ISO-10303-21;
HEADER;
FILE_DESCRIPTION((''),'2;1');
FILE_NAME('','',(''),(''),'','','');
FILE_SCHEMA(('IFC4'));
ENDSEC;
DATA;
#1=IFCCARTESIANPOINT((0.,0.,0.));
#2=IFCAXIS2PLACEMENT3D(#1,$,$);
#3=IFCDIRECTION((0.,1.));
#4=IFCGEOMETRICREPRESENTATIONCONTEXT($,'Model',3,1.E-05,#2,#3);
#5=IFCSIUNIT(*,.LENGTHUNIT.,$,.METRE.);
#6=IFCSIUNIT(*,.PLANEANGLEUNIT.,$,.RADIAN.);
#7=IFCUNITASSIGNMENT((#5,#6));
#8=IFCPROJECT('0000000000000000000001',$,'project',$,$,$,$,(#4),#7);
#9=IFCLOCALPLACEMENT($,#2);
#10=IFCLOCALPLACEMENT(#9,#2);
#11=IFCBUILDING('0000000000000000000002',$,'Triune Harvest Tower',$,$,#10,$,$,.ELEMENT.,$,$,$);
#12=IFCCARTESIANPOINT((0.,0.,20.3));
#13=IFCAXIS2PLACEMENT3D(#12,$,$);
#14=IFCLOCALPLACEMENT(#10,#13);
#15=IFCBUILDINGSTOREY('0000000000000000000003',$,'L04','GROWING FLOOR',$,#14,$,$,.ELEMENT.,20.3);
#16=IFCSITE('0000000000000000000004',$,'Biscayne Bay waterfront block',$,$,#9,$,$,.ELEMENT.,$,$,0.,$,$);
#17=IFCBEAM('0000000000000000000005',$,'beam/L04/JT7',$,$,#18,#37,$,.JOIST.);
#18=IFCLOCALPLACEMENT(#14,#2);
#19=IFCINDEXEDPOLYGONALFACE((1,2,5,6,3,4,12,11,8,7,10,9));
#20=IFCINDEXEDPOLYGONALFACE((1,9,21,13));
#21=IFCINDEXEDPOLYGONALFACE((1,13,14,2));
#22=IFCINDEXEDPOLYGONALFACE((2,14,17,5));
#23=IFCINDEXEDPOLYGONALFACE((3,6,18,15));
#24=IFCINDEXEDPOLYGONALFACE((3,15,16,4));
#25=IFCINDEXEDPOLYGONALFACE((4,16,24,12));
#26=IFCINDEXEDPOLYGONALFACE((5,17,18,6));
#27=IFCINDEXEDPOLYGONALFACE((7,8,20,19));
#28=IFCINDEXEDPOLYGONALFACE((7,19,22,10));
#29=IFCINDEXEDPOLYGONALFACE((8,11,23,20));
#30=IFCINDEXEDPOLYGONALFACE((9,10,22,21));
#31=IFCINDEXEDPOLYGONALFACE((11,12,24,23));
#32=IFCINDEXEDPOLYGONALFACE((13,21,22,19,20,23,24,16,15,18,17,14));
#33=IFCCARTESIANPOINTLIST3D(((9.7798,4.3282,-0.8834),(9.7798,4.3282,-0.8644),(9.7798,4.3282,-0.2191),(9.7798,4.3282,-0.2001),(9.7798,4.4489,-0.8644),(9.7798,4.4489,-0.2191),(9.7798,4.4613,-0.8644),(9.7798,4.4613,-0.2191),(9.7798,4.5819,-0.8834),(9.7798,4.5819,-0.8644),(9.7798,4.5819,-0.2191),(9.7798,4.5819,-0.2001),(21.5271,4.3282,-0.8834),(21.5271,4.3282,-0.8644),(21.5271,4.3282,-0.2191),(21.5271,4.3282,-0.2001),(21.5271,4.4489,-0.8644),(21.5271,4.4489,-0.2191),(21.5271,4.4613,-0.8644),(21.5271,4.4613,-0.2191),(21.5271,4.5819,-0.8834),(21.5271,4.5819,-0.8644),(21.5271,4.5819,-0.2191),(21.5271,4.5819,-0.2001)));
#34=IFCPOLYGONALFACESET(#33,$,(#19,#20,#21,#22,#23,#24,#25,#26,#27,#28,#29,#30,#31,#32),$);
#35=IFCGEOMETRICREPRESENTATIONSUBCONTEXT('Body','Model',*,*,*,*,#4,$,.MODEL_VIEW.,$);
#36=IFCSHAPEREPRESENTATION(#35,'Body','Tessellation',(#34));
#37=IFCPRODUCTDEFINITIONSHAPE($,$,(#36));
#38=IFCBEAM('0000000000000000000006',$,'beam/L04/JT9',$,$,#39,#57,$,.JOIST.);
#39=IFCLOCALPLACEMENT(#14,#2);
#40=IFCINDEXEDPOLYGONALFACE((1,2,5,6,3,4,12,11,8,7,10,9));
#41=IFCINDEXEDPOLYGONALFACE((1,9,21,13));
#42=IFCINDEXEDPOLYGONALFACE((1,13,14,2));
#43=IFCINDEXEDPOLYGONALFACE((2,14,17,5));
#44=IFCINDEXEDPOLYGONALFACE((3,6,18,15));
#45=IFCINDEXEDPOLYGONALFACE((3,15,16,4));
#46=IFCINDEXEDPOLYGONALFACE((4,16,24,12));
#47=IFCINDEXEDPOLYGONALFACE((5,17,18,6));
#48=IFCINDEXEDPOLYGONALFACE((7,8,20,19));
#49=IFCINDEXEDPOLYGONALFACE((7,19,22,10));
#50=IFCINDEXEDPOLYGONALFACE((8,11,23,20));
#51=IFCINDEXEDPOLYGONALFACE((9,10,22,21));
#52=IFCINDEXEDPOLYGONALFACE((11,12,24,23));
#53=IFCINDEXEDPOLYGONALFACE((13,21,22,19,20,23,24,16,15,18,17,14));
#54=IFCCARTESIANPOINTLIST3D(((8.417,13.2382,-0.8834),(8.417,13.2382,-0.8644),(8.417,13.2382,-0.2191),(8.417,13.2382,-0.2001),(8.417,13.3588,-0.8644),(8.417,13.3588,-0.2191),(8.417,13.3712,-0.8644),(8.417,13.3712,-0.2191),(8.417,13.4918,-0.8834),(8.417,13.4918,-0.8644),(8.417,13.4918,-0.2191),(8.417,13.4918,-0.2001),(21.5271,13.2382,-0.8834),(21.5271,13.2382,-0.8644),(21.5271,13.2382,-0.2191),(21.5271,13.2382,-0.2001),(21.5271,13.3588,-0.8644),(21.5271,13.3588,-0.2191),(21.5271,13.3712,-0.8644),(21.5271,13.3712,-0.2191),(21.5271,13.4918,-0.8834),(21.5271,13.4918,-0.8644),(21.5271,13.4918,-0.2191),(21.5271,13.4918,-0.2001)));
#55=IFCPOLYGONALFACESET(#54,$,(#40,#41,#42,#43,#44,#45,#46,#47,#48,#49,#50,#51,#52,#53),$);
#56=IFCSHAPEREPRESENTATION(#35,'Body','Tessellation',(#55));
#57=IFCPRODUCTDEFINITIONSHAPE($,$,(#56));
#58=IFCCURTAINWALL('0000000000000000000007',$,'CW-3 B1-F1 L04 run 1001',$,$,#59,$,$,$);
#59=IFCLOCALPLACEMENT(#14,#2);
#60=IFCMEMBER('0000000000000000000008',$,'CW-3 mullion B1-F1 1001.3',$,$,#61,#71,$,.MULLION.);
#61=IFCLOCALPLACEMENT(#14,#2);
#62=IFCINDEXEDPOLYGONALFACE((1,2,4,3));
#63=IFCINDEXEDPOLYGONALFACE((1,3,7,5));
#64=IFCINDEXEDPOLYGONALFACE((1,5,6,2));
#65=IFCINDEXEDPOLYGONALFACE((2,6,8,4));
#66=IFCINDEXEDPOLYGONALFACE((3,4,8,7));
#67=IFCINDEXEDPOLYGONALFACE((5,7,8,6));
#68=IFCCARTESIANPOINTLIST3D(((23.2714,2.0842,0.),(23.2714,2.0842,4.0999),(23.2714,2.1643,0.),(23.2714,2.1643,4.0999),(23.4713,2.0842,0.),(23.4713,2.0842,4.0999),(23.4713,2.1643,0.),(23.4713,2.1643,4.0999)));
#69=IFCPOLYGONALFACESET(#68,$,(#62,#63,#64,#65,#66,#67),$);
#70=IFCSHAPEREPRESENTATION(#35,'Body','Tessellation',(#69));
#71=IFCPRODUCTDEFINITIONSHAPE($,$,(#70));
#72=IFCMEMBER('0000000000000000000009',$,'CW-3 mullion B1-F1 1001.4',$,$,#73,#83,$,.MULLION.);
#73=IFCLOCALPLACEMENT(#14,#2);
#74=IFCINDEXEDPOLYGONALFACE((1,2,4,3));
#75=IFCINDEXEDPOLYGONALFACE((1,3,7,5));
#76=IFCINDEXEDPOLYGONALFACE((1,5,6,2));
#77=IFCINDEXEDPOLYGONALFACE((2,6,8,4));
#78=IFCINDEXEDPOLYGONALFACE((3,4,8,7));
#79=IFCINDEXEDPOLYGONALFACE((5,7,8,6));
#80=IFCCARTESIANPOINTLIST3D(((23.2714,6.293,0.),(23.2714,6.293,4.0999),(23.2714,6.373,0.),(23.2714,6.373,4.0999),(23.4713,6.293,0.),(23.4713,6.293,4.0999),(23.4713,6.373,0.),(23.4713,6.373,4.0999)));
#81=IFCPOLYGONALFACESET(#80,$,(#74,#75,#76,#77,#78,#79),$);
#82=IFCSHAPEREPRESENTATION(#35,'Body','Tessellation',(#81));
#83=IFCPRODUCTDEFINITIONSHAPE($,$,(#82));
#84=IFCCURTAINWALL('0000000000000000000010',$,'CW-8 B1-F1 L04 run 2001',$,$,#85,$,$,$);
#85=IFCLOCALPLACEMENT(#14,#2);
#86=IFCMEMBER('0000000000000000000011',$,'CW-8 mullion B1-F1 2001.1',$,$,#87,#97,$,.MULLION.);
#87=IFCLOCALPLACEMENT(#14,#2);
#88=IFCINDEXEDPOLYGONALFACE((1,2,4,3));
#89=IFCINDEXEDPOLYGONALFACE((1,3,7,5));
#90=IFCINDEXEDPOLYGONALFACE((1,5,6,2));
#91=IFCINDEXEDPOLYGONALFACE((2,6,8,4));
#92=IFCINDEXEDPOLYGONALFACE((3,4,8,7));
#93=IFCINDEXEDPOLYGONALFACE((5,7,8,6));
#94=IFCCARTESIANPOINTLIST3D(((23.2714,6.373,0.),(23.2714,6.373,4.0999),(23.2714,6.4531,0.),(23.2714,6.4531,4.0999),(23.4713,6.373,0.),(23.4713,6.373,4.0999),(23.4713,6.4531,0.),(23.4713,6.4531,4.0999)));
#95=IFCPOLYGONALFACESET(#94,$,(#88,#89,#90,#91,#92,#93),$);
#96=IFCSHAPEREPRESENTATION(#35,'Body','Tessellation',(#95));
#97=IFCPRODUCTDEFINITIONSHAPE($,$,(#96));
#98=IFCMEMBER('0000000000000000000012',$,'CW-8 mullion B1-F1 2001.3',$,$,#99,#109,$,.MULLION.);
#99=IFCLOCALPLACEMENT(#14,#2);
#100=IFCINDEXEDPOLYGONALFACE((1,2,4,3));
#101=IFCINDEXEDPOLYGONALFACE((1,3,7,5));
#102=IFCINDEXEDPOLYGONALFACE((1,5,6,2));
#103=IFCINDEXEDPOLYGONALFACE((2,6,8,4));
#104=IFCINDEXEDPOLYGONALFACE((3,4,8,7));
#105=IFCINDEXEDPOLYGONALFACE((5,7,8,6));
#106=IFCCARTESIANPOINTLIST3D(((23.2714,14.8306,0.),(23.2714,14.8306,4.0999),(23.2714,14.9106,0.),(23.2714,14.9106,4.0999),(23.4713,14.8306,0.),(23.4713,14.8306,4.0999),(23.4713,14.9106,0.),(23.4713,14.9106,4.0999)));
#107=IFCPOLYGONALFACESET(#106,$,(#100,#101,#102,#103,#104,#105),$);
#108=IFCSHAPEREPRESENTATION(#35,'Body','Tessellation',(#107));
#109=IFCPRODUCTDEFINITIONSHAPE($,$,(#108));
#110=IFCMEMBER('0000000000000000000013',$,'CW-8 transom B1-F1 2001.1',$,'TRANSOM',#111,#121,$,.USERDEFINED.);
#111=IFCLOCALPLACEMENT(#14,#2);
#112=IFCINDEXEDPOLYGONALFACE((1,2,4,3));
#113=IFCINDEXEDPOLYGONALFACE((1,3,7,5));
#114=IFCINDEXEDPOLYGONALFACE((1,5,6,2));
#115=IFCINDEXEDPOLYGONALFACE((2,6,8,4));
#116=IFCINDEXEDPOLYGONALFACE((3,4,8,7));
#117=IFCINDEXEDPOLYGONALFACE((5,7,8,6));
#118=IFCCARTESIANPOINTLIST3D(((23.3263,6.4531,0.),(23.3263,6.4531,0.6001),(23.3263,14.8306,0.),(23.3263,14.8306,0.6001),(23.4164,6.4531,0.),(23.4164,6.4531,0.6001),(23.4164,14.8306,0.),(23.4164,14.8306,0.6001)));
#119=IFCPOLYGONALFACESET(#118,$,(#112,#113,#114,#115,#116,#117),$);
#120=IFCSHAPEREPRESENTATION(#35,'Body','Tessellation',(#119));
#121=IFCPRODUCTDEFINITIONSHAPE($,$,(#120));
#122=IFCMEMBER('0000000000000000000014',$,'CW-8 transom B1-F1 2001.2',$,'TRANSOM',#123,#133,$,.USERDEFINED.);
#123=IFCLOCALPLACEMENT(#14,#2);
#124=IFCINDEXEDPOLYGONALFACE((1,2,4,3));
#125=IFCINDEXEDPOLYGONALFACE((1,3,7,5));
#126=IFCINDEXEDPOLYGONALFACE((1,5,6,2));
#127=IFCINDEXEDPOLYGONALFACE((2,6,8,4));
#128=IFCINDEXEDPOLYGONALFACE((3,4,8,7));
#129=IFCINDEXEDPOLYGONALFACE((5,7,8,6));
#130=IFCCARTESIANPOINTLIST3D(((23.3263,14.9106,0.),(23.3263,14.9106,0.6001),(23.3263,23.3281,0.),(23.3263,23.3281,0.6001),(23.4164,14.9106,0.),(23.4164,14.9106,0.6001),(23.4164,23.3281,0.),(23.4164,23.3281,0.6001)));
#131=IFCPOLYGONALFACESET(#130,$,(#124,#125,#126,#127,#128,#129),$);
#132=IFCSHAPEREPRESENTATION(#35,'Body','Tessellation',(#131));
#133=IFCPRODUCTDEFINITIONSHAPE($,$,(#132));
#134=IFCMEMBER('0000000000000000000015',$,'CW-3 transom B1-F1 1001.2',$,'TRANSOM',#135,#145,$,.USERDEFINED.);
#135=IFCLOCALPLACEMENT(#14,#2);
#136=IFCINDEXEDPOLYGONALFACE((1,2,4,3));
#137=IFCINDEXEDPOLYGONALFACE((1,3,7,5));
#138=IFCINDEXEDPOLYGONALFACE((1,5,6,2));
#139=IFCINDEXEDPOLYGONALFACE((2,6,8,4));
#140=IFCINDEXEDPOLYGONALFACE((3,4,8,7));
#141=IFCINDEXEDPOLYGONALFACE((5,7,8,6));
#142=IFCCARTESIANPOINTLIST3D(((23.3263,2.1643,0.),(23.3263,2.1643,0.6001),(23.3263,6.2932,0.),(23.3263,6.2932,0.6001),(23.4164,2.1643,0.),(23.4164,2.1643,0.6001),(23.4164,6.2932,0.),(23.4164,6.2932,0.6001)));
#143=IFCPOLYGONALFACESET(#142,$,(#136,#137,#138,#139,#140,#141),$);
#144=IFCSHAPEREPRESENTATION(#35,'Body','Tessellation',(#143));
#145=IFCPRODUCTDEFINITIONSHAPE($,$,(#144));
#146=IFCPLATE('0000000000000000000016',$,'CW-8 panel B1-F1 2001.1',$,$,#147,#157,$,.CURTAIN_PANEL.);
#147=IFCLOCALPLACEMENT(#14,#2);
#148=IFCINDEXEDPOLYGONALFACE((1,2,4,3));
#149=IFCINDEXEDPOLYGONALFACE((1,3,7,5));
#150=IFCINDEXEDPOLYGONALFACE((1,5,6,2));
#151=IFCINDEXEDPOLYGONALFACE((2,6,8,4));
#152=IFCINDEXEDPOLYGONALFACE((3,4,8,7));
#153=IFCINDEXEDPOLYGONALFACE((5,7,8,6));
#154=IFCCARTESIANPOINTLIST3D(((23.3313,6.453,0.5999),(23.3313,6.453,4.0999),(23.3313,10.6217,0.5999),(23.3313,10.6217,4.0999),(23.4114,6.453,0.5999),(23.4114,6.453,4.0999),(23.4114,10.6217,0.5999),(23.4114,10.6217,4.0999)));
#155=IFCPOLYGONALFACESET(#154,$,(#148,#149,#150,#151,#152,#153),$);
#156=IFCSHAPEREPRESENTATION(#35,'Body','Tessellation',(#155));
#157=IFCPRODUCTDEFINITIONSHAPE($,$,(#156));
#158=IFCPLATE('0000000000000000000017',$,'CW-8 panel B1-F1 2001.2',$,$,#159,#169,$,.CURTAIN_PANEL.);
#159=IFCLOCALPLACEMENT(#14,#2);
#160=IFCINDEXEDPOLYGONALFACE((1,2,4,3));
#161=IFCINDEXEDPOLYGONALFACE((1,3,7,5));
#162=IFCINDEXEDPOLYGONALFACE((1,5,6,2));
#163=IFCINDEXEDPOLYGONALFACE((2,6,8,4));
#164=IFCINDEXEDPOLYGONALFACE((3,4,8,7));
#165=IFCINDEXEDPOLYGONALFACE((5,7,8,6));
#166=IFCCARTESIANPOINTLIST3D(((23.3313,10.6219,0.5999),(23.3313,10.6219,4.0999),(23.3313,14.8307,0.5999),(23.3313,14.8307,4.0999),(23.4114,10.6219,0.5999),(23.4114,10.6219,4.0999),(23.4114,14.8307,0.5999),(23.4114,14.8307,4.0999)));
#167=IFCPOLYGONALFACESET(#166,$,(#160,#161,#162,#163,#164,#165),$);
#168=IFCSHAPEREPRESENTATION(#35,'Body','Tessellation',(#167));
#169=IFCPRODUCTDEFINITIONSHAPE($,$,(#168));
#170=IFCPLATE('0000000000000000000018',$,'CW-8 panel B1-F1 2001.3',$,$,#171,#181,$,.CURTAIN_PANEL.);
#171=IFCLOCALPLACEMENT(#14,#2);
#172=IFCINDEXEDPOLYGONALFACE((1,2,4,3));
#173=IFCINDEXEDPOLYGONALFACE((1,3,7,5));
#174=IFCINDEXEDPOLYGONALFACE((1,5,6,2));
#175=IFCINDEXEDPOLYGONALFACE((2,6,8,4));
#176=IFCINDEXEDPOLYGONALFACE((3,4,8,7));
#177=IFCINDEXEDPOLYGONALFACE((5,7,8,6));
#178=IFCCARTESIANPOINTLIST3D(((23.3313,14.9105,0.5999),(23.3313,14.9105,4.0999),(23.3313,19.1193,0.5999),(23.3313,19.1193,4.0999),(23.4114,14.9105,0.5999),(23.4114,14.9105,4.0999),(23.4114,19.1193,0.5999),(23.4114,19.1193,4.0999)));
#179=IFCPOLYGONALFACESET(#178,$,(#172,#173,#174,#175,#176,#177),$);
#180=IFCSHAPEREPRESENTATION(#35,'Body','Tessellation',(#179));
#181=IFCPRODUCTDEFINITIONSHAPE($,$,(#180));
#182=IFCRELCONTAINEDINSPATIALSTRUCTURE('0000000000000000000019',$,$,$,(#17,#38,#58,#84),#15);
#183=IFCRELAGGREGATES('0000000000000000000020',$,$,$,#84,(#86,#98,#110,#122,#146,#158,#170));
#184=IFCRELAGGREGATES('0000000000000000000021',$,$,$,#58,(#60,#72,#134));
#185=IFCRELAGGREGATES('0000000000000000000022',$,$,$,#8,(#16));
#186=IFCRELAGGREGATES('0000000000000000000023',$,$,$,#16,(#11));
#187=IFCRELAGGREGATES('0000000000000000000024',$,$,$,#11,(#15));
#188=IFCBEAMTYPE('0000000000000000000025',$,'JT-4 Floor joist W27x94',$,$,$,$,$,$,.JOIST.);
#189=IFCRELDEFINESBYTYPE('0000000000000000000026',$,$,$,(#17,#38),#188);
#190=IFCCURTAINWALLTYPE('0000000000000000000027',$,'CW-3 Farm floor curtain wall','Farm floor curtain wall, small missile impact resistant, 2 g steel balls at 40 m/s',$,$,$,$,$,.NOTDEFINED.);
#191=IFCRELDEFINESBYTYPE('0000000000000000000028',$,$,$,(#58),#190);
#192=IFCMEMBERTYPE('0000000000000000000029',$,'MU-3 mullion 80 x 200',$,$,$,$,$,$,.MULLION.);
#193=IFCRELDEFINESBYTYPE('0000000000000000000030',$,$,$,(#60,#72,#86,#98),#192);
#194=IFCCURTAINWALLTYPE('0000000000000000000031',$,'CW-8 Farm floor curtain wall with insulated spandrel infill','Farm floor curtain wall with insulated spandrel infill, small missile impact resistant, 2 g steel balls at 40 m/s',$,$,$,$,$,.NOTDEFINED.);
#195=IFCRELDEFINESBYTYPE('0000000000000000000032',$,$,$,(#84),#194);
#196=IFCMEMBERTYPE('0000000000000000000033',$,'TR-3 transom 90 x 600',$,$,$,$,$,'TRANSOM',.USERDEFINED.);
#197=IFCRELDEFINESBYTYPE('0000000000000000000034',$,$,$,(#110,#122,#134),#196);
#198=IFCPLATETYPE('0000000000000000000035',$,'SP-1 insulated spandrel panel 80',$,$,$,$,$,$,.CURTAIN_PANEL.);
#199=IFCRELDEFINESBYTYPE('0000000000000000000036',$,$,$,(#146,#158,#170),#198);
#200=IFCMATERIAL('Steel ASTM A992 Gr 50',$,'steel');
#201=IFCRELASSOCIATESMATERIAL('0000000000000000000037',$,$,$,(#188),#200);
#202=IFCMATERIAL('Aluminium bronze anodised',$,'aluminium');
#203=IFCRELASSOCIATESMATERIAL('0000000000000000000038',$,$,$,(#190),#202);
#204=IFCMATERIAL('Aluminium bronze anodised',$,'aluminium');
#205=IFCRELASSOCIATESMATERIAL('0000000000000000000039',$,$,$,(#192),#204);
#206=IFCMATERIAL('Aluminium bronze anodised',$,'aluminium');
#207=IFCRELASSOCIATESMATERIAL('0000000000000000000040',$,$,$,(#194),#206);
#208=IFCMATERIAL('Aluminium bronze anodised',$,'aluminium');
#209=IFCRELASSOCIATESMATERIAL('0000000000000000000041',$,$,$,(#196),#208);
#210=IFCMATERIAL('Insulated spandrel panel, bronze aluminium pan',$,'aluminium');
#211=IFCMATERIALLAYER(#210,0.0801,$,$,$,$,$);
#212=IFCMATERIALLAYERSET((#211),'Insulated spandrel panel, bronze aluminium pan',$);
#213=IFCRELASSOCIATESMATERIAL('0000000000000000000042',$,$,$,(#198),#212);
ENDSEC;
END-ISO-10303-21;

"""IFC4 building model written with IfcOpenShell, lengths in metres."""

from ifc_helpers import new_model, si_unit, direction, frame, origin, origin_2d, place, context, subcontext, project, spatial, rectangle, i_section, extrude, source, transform, mapped, material, layer, layer_set, material_profile, profile_set, type_object, element, aggregate, save


model = new_model("IFC4")

# Units and contexts
model_context = context("Model", 3, precision=1e-05, world=origin(), true_north=direction((0.0, 1.0)))
body_context = subcontext(model_context, "Body", "Model", "MODEL_VIEW")
ifc_project = project(units=[si_unit("LENGTHUNIT", "METRE"), si_unit("PLANEANGLEUNIT", "RADIAN")], contexts=[model_context])

# Site, building, storey
site_placement = place(None, origin())
site = spatial("IfcSite", under=ifc_project, at=site_placement, Name="Biscayne Bay waterfront block", CompositionType="ELEMENT", RefElevation=0.0)
building_placement = place(site_placement, origin())
building = spatial("IfcBuilding", under=site, at=building_placement, Name="Triune Harvest Tower", CompositionType="ELEMENT")
storey_placement = place(building_placement, frame((0.0, 0.0, 20.3)))
storey = spatial("IfcBuildingStorey", under=building, at=storey_placement, Name="L04", Description="GROWING FLOOR", CompositionType="ELEMENT", Elevation=20.3)

# Beams
ifc_material_1 = material(Name="Steel ASTM A992 Gr 50", Category="steel")
ifc_material_profile_1 = material_profile(ifc_material_1, i_section(OverallWidth=0.2537, OverallDepth=0.6833, WebThickness=0.0125, FlangeThickness=0.019, at=origin_2d()), Name="W27x94")
ifc_profile_set_1 = profile_set([ifc_material_profile_1], Name="Steel ASTM A992 Gr 50")
beam_type_1 = type_object("IfcBeamType", Name="JT-4 Floor joist W27x94", PredefinedType="JOIST", material=ifc_profile_set_1)
shared_shape_1 = source(origin(), body_context, "Body", "SweptSolid", [
    extrude(i_section(OverallWidth=0.2537, OverallDepth=0.6833, WebThickness=0.0125, FlangeThickness=0.019, at=origin_2d()), origin(), (0.0, 0.0, 1.0), 11.7473),
])
beam_1_placement = place(storey_placement, frame((21.5271, 4.4551, -0.5417), z_axis=(-1.0, 0.0, 0.0), x_axis=(0.0, -1.0, 0.0)))
element("IfcBeam", 1, at=beam_1_placement, inside=storey, type_object=beam_type_1, Name="beam/L04/JT7", PredefinedType="JOIST", context=body_context, shape_type="MappedRepresentation", body=[
    mapped(shared_shape_1, transform((0.0, 0.0, 0.0), scale=1.0)),
])
shared_shape_2 = source(origin(), body_context, "Body", "SweptSolid", [
    extrude(i_section(OverallWidth=0.2537, OverallDepth=0.6833, WebThickness=0.0125, FlangeThickness=0.019, at=origin_2d()), origin(), (0.0, 0.0, 1.0), 13.1101),
])
beam_2_placement = place(storey_placement, frame((21.5271, 13.365, -0.5417), z_axis=(-1.0, 0.0, 0.0), x_axis=(0.0, -1.0, 0.0)))
element("IfcBeam", 2, at=beam_2_placement, inside=storey, type_object=beam_type_1, Name="beam/L04/JT9", PredefinedType="JOIST", context=body_context, shape_type="MappedRepresentation", body=[
    mapped(shared_shape_2, transform((0.0, 0.0, 0.0), scale=1.0)),
])

# Curtain walls, members
ifc_material_2 = material(Name="Aluminium bronze anodised", Category="aluminium")
curtain_wall_type_1 = type_object("IfcCurtainWallType", Name="CW-3 Farm floor curtain wall", Description="Farm floor curtain wall, small missile impact resistant, 2 g steel balls at 40 m/s", PredefinedType="NOTDEFINED", material=ifc_material_2)
curtain_wall_1_placement = place(storey_placement, origin())
curtain_wall_1 = element("IfcCurtainWall", 3, at=curtain_wall_1_placement, inside=storey, type_object=curtain_wall_type_1, Name="CW-3 B1-F1 L04 run 1001")
ifc_material_3 = material(Name="Aluminium bronze anodised", Category="aluminium")
ifc_material_profile_2 = material_profile(ifc_material_3, rectangle(XDim=0.2, YDim=0.0801, at=origin_2d()), Name="MU-3 mullion 80 x 200")
ifc_profile_set_2 = profile_set([ifc_material_profile_2], Name="Aluminium bronze anodised")
member_type_1 = type_object("IfcMemberType", Name="MU-3 mullion 80 x 200", PredefinedType="MULLION", material=ifc_profile_set_2)
shared_shape_3 = source(origin(), body_context, "Body", "SweptSolid", [
    extrude(rectangle(XDim=0.2, YDim=0.0801, at=origin_2d()), origin(), (0.0, 0.0, 1.0), 4.0999),
])
member_1_placement = place(storey_placement, frame((23.3713, 2.1243, 0.0), z_axis=(0.0, 0.0, 1.0), x_axis=(-1.0, 0.0, 0.0)))
member_1 = element("IfcMember", 4, at=member_1_placement, type_object=member_type_1, Name="CW-3 mullion B1-F1 1001.3", PredefinedType="MULLION", context=body_context, shape_type="MappedRepresentation", body=[
    mapped(shared_shape_3, transform((0.0, 0.0, 0.0), scale=1.0)),
])
member_2_placement = place(storey_placement, frame((23.3713, 6.333, 0.0), z_axis=(0.0, 0.0, 1.0), x_axis=(-1.0, 0.0, 0.0)))
member_2 = element("IfcMember", 5, at=member_2_placement, type_object=member_type_1, Name="CW-3 mullion B1-F1 1001.4", PredefinedType="MULLION", context=body_context, shape_type="MappedRepresentation", body=[
    mapped(shared_shape_3, transform((0.0, 0.0, 0.0), scale=1.0)),
])
ifc_material_4 = material(Name="Aluminium bronze anodised", Category="aluminium")
curtain_wall_type_2 = type_object("IfcCurtainWallType", Name="CW-8 Farm floor curtain wall with insulated spandrel infill", Description="Farm floor curtain wall with insulated spandrel infill, small missile impact resistant, 2 g steel balls at 40 m/s", PredefinedType="NOTDEFINED", material=ifc_material_4)
curtain_wall_2_placement = place(storey_placement, origin())
curtain_wall_2 = element("IfcCurtainWall", 6, at=curtain_wall_2_placement, inside=storey, type_object=curtain_wall_type_2, Name="CW-8 B1-F1 L04 run 2001")
member_3_placement = place(storey_placement, frame((23.3713, 6.4131, 0.0), z_axis=(0.0, 0.0, 1.0), x_axis=(-1.0, 0.0, 0.0)))
member_3 = element("IfcMember", 7, at=member_3_placement, type_object=member_type_1, Name="CW-8 mullion B1-F1 2001.1", PredefinedType="MULLION", context=body_context, shape_type="MappedRepresentation", body=[
    mapped(shared_shape_3, transform((0.0, 0.0, 0.0), scale=1.0)),
])
member_4_placement = place(storey_placement, frame((23.3713, 14.8706, 0.0), z_axis=(0.0, 0.0, 1.0), x_axis=(-1.0, 0.0, 0.0)))
member_4 = element("IfcMember", 8, at=member_4_placement, type_object=member_type_1, Name="CW-8 mullion B1-F1 2001.3", PredefinedType="MULLION", context=body_context, shape_type="MappedRepresentation", body=[
    mapped(shared_shape_3, transform((0.0, 0.0, 0.0), scale=1.0)),
])
ifc_material_5 = material(Name="Aluminium bronze anodised", Category="aluminium")
ifc_material_profile_3 = material_profile(ifc_material_5, rectangle(XDim=0.0901, YDim=0.6001, at=origin_2d()), Name="TR-3 transom 90 x 600")
ifc_profile_set_3 = profile_set([ifc_material_profile_3], Name="Aluminium bronze anodised")
member_type_2 = type_object("IfcMemberType", Name="TR-3 transom 90 x 600", ElementType="TRANSOM", PredefinedType="USERDEFINED", material=ifc_profile_set_3)
shared_shape_4 = source(origin(), body_context, "Body", "SweptSolid", [
    extrude(rectangle(XDim=0.0901, YDim=0.6001, at=origin_2d()), origin(), (0.0, 0.0, 1.0), 8.3774),
])
member_5_placement = place(storey_placement, frame((23.3713, 6.4531, 0.3), z_axis=(0.0, 1.0, 0.0), x_axis=(-1.0, 0.0, 0.0)))
member_5 = element("IfcMember", 9, at=member_5_placement, type_object=member_type_2, Name="CW-8 transom B1-F1 2001.1", ObjectType="TRANSOM", PredefinedType="USERDEFINED", context=body_context, shape_type="MappedRepresentation", body=[
    mapped(shared_shape_4, transform((0.0, 0.0, 0.0), scale=1.0)),
])
shared_shape_5 = source(origin(), body_context, "Body", "SweptSolid", [
    extrude(rectangle(XDim=0.0901, YDim=0.6001, at=origin_2d()), origin(), (0.0, 0.0, 1.0), 8.4175),
])
member_6_placement = place(storey_placement, frame((23.3713, 14.9106, 0.3), z_axis=(0.0, 1.0, 0.0), x_axis=(-1.0, 0.0, 0.0)))
member_6 = element("IfcMember", 10, at=member_6_placement, type_object=member_type_2, Name="CW-8 transom B1-F1 2001.2", ObjectType="TRANSOM", PredefinedType="USERDEFINED", context=body_context, shape_type="MappedRepresentation", body=[
    mapped(shared_shape_5, transform((0.0, 0.0, 0.0), scale=1.0)),
])

# Member
shared_shape_6 = source(origin(), body_context, "Body", "SweptSolid", [
    extrude(rectangle(XDim=0.0901, YDim=0.6001, at=origin_2d()), origin(), (0.0, 0.0, 1.0), 4.1289),
])
member_7_placement = place(storey_placement, frame((23.3713, 2.1643, 0.3), z_axis=(0.0, 1.0, 0.0), x_axis=(-1.0, 0.0, 0.0)))
member_7 = element("IfcMember", 11, at=member_7_placement, type_object=member_type_2, Name="CW-3 transom B1-F1 1001.2", ObjectType="TRANSOM", PredefinedType="USERDEFINED", context=body_context, shape_type="MappedRepresentation", body=[
    mapped(shared_shape_6, transform((0.0, 0.0, 0.0), scale=1.0)),
])

# Plates
ifc_material_6 = material(Name="Insulated spandrel panel, bronze aluminium pan", Category="aluminium")
ifc_layer_1 = layer(ifc_material_6, 0.0801)
ifc_layer_set_1 = layer_set([ifc_layer_1], Name="Insulated spandrel panel, bronze aluminium pan")
plate_type_1 = type_object("IfcPlateType", Name="SP-1 insulated spandrel panel 80", PredefinedType="CURTAIN_PANEL", material=ifc_layer_set_1)
shared_shape_7 = source(origin(), body_context, "Body", "SweptSolid", [
    extrude(rectangle(XDim=4.1687, YDim=0.0801, at=origin_2d()), origin(), (0.0, 0.0, 1.0), 3.5),
])
plate_1_placement = place(storey_placement, frame((23.3713, 8.5374, 0.5999), z_axis=(0.0, 0.0, 1.0), x_axis=(0.0, 1.0, 0.0)))
plate_1 = element("IfcPlate", 12, at=plate_1_placement, type_object=plate_type_1, Name="CW-8 panel B1-F1 2001.1", PredefinedType="CURTAIN_PANEL", context=body_context, shape_type="MappedRepresentation", body=[
    mapped(shared_shape_7, transform((0.0, 0.0, 0.0), scale=1.0)),
])
shared_shape_8 = source(origin(), body_context, "Body", "SweptSolid", [
    extrude(rectangle(XDim=4.2087, YDim=0.0801, at=origin_2d()), origin(), (0.0, 0.0, 1.0), 3.5),
])
plate_2_placement = place(storey_placement, frame((23.3713, 12.7263, 0.5999), z_axis=(0.0, 0.0, 1.0), x_axis=(0.0, 1.0, 0.0)))
plate_2 = element("IfcPlate", 13, at=plate_2_placement, type_object=plate_type_1, Name="CW-8 panel B1-F1 2001.2", PredefinedType="CURTAIN_PANEL", context=body_context, shape_type="MappedRepresentation", body=[
    mapped(shared_shape_8, transform((0.0, 0.0, 0.0), scale=1.0)),
])
plate_3_placement = place(storey_placement, frame((23.3713, 17.0149, 0.5999), z_axis=(0.0, 0.0, 1.0), x_axis=(0.0, 1.0, 0.0)))
plate_3 = element("IfcPlate", 14, at=plate_3_placement, type_object=plate_type_1, Name="CW-8 panel B1-F1 2001.3", PredefinedType="CURTAIN_PANEL", context=body_context, shape_type="MappedRepresentation", body=[
    mapped(shared_shape_8, transform((0.0, 0.0, 0.0), scale=1.0)),
])
aggregate(curtain_wall_2, [member_3, member_4, member_5, member_6, plate_1, plate_2, plate_3])
aggregate(curtain_wall_1, [member_1, member_2, member_7])

save(model, "model.ifc")
